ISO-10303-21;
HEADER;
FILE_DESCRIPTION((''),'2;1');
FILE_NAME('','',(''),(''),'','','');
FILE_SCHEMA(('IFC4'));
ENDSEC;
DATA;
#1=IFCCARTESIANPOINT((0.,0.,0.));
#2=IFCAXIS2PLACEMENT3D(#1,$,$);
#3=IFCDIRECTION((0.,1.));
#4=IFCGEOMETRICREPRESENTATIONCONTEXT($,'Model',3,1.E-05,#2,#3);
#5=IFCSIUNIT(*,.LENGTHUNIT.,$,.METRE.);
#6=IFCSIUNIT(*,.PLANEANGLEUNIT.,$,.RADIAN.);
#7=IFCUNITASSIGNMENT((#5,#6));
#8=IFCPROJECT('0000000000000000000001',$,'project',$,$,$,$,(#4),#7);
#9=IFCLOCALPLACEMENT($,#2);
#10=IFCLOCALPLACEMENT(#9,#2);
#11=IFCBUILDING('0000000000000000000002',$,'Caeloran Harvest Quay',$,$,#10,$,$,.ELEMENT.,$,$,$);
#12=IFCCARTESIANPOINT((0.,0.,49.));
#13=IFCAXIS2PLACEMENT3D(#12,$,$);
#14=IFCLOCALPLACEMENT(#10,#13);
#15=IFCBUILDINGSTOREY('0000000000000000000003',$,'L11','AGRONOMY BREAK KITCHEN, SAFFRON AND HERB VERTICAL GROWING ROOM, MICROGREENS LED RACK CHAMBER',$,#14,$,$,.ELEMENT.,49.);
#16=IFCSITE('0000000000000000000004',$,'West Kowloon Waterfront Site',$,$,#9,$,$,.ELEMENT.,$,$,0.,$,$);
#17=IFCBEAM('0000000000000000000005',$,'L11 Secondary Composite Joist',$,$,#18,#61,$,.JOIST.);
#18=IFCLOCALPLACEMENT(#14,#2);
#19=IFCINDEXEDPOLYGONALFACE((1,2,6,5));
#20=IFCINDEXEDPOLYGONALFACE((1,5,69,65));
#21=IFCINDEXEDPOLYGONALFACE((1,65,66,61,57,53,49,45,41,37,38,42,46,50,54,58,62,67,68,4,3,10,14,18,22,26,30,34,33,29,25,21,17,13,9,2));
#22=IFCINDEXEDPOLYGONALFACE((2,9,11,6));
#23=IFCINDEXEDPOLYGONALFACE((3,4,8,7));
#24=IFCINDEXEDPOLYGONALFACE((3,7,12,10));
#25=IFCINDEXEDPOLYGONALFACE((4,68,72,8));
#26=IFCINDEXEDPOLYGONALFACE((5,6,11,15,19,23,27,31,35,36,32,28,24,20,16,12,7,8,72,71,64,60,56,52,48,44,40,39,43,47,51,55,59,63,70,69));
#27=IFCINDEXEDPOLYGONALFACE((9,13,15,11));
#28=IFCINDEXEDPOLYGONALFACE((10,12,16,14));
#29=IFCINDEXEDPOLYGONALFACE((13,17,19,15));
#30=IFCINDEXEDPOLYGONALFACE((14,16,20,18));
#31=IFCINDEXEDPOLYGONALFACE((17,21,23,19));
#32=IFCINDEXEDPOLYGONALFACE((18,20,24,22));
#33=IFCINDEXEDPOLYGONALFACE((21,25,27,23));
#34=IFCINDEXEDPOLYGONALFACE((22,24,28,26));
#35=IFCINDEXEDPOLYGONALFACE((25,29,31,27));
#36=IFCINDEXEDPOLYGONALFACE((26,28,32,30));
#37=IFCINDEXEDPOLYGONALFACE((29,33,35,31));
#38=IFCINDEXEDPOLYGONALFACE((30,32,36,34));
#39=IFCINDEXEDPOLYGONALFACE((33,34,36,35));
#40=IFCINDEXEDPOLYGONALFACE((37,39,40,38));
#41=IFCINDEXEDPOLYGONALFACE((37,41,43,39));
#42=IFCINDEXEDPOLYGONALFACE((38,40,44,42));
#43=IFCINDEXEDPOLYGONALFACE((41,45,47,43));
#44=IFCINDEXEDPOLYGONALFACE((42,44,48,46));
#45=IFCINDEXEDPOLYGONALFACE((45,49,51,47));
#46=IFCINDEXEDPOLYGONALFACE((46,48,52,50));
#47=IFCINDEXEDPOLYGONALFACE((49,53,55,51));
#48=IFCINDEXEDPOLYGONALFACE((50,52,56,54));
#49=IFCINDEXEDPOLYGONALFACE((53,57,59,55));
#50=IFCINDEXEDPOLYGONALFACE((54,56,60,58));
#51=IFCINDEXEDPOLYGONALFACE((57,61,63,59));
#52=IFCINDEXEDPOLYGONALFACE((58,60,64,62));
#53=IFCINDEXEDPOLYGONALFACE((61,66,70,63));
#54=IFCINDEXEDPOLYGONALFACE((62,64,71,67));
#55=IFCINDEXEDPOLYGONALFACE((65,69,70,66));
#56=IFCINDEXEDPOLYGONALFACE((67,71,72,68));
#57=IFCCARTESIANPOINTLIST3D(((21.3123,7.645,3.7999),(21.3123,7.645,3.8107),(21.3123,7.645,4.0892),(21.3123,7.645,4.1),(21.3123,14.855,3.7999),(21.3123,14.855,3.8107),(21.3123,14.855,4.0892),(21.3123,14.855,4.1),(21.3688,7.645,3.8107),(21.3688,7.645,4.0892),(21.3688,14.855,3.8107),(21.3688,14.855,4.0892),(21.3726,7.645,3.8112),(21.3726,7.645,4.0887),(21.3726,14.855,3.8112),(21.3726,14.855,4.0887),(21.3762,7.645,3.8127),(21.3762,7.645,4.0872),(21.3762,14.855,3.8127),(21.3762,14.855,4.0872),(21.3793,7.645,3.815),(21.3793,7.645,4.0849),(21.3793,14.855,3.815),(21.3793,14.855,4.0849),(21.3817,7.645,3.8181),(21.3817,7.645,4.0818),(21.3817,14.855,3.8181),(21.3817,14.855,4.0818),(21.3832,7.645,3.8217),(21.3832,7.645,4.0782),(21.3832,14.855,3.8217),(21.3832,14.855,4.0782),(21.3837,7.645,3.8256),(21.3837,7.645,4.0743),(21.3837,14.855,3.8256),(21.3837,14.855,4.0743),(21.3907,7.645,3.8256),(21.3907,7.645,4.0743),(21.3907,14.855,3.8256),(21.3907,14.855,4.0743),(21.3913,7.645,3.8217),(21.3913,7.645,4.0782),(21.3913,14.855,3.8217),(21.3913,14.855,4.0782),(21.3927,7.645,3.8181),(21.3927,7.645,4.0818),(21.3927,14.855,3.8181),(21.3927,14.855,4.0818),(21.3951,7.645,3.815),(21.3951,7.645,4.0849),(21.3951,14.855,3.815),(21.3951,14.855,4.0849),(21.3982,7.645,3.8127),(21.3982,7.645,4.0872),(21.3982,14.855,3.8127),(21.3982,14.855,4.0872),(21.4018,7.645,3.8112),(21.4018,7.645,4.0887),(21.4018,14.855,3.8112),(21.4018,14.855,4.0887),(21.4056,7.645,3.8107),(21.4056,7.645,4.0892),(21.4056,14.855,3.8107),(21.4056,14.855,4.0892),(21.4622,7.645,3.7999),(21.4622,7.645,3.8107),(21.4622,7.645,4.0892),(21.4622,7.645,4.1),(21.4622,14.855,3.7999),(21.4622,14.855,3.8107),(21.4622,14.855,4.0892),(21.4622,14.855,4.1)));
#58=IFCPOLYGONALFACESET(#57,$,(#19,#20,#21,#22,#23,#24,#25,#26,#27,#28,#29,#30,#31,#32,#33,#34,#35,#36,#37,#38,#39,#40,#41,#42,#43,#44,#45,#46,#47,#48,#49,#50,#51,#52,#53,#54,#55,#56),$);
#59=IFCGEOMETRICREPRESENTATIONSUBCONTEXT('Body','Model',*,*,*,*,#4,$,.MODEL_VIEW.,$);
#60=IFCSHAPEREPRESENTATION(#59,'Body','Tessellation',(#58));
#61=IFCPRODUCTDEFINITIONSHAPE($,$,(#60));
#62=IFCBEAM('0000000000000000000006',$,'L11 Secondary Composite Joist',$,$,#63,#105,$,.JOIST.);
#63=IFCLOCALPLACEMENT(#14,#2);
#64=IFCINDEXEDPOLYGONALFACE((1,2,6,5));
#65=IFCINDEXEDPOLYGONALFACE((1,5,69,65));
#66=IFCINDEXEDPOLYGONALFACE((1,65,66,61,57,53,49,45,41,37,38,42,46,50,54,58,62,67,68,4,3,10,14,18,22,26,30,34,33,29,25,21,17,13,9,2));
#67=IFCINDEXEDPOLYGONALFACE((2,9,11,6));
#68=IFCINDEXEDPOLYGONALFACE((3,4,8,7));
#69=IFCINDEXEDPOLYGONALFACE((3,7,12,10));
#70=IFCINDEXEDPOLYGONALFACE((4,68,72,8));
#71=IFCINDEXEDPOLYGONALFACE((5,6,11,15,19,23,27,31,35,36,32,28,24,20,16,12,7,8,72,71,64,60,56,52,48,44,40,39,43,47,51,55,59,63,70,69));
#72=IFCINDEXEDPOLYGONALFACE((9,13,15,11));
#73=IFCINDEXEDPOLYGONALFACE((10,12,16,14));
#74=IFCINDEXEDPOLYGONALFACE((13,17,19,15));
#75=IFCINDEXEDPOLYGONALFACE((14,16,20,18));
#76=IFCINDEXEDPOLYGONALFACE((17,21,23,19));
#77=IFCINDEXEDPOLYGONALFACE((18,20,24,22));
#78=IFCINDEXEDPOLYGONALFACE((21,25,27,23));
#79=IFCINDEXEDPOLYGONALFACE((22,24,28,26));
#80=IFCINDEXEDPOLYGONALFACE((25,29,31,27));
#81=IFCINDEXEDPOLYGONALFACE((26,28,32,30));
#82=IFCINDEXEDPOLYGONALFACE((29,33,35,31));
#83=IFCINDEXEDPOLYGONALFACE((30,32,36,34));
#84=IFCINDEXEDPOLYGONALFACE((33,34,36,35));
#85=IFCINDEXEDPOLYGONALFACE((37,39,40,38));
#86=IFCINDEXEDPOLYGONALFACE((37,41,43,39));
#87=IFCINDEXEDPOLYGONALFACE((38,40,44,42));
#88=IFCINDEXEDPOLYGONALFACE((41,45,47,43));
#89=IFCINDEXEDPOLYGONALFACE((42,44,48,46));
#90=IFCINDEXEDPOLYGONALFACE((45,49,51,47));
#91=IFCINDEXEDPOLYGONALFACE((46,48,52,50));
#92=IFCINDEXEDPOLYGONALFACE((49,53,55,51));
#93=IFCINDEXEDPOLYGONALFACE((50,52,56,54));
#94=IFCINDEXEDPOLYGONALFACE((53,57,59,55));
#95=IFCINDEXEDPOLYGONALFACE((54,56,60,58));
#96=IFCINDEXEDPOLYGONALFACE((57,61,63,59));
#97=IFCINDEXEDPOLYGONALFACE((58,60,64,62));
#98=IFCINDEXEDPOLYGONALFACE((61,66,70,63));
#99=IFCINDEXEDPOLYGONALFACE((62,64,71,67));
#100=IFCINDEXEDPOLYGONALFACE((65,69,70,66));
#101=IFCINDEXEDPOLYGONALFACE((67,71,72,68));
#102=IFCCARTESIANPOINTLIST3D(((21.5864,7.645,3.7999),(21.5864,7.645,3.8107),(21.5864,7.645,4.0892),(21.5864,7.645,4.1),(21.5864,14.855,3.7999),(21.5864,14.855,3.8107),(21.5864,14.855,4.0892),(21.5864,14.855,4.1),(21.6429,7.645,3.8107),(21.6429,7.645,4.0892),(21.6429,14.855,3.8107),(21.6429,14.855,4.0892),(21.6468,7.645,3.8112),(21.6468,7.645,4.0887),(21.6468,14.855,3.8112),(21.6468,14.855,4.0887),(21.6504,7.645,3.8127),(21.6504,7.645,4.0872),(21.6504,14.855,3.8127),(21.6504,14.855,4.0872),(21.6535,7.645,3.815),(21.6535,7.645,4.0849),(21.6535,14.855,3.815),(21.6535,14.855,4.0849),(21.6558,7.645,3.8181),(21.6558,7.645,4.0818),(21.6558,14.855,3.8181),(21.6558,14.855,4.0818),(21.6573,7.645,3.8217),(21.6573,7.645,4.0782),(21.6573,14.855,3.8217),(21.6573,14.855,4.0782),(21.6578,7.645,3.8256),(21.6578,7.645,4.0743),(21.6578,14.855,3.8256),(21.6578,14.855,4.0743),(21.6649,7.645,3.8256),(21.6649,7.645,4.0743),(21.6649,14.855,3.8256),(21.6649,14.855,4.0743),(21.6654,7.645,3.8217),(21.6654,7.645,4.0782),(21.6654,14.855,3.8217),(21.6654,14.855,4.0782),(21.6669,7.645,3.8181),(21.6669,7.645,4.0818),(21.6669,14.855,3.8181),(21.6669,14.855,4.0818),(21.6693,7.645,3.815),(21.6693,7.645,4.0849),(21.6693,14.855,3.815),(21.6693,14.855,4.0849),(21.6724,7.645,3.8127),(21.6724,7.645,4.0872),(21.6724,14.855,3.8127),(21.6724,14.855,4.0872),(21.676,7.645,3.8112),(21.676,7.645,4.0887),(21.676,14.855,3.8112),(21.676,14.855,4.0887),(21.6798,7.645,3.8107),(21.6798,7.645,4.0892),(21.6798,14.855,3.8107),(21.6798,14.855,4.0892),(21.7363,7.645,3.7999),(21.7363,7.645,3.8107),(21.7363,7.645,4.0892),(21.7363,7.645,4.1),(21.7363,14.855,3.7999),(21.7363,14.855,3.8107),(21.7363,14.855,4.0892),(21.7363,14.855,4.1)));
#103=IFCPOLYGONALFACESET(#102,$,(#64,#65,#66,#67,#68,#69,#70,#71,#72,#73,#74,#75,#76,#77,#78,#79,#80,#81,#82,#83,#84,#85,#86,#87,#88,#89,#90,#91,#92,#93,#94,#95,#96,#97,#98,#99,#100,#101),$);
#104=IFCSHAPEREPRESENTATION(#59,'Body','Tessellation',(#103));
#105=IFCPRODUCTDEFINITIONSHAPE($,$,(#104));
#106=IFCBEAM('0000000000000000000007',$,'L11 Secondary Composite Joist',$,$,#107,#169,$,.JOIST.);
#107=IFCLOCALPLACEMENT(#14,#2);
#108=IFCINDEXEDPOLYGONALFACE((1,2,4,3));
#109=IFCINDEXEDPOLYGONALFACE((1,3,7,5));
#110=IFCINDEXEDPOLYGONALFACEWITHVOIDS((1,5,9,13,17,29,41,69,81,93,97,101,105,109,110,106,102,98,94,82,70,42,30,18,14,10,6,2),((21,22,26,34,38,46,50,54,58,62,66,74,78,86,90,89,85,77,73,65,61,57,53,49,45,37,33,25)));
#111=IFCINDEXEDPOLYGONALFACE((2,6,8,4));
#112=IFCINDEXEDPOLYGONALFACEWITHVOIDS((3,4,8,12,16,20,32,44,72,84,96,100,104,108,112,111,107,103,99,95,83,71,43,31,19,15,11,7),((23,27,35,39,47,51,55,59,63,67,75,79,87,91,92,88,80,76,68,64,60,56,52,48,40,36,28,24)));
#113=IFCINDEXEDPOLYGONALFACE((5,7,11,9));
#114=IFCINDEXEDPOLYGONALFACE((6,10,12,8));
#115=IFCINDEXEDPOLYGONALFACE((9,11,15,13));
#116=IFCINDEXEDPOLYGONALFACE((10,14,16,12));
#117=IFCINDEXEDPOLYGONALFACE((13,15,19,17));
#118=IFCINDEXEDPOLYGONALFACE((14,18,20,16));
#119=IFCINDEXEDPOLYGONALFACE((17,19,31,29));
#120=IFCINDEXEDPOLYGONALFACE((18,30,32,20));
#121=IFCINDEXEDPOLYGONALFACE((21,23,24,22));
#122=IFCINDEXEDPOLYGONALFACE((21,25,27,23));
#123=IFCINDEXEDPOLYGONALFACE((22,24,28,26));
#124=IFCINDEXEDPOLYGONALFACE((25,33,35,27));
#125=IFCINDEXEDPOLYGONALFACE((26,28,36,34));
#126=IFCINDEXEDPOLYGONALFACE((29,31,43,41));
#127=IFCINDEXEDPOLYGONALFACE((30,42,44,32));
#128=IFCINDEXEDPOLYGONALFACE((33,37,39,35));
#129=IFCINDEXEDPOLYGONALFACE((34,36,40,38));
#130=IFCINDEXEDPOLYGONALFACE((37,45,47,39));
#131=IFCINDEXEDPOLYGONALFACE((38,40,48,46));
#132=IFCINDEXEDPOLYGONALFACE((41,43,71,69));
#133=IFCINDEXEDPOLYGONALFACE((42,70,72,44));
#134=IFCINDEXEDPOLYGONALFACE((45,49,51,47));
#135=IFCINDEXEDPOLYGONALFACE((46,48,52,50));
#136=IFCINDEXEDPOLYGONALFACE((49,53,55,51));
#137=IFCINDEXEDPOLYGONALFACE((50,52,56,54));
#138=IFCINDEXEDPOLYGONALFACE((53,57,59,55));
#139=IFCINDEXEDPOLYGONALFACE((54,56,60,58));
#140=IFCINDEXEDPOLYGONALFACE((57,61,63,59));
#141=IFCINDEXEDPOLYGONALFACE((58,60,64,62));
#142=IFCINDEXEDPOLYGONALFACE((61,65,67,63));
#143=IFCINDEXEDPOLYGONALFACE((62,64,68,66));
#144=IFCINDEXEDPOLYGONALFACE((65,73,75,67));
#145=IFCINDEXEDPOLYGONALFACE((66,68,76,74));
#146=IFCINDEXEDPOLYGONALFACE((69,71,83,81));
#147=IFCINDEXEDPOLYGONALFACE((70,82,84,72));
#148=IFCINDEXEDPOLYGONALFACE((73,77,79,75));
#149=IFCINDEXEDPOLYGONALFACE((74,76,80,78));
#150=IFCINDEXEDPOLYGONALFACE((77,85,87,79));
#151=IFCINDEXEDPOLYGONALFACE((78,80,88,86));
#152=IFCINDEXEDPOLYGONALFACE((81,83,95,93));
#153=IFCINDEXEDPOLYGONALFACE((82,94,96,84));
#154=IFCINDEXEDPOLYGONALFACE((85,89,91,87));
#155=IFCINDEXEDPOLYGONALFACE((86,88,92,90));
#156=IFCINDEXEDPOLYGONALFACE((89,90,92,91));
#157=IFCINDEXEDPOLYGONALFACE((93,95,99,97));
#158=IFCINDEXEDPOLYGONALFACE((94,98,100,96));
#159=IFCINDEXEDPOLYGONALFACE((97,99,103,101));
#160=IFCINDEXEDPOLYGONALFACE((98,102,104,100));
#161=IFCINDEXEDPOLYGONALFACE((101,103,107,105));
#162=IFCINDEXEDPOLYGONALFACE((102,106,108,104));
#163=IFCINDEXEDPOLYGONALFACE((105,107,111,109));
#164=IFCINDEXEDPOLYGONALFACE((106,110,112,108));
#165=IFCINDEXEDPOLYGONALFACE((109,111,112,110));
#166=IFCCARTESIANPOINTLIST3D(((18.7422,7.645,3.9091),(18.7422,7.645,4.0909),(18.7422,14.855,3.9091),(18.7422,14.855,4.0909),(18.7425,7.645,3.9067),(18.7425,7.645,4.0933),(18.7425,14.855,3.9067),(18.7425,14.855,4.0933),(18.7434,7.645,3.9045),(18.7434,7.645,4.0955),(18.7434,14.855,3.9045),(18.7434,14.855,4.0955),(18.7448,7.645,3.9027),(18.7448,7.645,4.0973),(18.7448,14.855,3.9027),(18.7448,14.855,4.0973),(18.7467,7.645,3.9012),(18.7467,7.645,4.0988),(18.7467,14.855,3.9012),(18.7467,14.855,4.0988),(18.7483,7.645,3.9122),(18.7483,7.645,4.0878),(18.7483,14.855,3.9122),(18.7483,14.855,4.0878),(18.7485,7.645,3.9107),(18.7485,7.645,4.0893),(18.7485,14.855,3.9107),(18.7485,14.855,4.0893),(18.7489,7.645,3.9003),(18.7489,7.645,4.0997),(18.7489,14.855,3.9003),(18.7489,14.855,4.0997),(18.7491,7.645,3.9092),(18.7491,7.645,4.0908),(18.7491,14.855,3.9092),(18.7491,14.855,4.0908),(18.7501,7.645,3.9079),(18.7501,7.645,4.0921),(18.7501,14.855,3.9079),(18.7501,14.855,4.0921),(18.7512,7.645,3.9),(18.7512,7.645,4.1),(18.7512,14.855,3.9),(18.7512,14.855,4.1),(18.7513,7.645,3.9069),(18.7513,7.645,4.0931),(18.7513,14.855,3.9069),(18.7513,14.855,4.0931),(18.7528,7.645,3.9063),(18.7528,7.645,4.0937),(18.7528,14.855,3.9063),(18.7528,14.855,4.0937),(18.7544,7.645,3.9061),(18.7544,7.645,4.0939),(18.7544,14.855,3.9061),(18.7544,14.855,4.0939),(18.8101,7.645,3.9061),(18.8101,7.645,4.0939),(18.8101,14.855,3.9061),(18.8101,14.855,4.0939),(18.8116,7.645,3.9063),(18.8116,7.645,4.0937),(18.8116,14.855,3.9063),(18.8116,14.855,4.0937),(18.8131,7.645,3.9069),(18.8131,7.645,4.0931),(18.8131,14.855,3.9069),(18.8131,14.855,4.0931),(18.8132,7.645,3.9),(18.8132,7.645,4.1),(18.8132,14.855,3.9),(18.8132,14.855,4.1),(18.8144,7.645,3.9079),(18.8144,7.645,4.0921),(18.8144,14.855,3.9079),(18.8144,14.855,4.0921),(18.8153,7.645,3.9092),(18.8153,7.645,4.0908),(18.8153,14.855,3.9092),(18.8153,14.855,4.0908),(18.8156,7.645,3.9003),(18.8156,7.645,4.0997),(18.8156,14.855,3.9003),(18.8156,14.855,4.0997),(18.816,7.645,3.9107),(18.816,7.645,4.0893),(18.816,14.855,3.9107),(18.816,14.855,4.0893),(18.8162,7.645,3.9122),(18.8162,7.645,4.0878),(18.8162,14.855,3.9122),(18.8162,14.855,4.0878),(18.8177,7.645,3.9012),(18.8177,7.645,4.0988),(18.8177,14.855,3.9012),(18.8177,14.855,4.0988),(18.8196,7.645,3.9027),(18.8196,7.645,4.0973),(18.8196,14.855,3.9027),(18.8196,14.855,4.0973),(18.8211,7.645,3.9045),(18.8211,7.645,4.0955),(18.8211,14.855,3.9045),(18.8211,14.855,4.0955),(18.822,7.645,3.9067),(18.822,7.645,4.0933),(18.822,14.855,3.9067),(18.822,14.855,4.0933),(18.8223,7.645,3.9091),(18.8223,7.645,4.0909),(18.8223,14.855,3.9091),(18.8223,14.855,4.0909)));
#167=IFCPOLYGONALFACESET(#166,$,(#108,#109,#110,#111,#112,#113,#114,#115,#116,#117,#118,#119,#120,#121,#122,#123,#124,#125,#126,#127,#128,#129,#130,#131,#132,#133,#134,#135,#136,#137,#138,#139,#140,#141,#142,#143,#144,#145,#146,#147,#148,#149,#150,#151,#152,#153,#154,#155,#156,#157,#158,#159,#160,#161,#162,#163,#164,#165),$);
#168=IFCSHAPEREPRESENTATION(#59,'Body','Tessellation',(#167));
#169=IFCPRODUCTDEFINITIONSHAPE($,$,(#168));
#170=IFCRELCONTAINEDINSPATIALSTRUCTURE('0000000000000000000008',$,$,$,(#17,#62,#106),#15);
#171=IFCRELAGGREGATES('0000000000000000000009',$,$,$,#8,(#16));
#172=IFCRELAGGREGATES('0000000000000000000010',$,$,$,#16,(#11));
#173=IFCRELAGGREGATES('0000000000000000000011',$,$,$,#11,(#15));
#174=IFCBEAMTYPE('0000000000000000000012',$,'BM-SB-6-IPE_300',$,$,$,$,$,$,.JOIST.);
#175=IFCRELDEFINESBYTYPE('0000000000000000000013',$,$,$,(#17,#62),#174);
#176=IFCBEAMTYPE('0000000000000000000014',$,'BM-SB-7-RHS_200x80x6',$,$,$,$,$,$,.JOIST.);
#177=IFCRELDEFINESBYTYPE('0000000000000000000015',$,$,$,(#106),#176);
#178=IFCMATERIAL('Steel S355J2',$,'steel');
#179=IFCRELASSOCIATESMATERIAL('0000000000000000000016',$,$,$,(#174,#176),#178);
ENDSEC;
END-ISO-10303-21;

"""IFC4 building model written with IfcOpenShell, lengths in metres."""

from ifc_helpers import new_model, si_unit, direction, frame, origin, origin_2d, place, context, subcontext, project, spatial, hollow_rectangle, i_section, extrude, material, material_profile, profile_set, type_object, element, save


model = new_model("IFC4")

# Units and contexts
model_context = context("Model", 3, precision=1e-05, world=origin(), true_north=direction((0.0, 1.0)))
body_context = subcontext(model_context, "Body", "Model", "MODEL_VIEW")
ifc_project = project(units=[si_unit("LENGTHUNIT", "METRE"), si_unit("PLANEANGLEUNIT", "RADIAN")], contexts=[model_context])

# Site, building, storey
site_placement = place(None, origin())
site = spatial("IfcSite", under=ifc_project, at=site_placement, Name="West Kowloon Waterfront Site", CompositionType="ELEMENT", RefElevation=0.0)
building_placement = place(site_placement, origin())
building = spatial("IfcBuilding", under=site, at=building_placement, Name="Caeloran Harvest Quay", CompositionType="ELEMENT")
storey_placement = place(building_placement, frame((0.0, 0.0, 49.0)))
storey = spatial("IfcBuildingStorey", under=building, at=storey_placement, Name="L11", Description="AGRONOMY BREAK KITCHEN, SAFFRON AND HERB VERTICAL GROWING ROOM, MICROGREENS LED RACK CHAMBER", CompositionType="ELEMENT", Elevation=49.0)

# Beams
ifc_material_1 = material(Name="Steel S355J2", Category="steel")
ifc_material_profile_1 = material_profile(ifc_material_1, i_section(OverallWidth=0.1499, OverallDepth=0.3, WebThickness=0.0071, FlangeThickness=0.0107, FilletRadius=0.0149, at=origin_2d()), Name="IPE 300")
ifc_profile_set_1 = profile_set([ifc_material_profile_1], Name="Steel S355J2")
beam_type_1 = type_object("IfcBeamType", Name="BM-SB-6-IPE_300", PredefinedType="JOIST", material=ifc_profile_set_1)
for number, where, z_axis, x_axis, name in (
    (1, (21.3872, 7.645, 3.95), (0.0, 1.0, 0.0), (-1.0, 0.0, 0.0), "L11 Secondary Composite Joist"),
    (2, (21.6614, 7.645, 3.95), (0.0, 1.0, 0.0), (-1.0, 0.0, 0.0), "L11 Secondary Composite Joist"),
):
    element("IfcBeam", number, at=place(storey_placement, frame(where, z_axis=z_axis, x_axis=x_axis)), inside=storey, type_object=beam_type_1, Name=name, PredefinedType="JOIST", context=body_context, shape_type="SweptSolid", body=[
        extrude(i_section(OverallWidth=0.1499, OverallDepth=0.3, WebThickness=0.0071, FlangeThickness=0.0107, FilletRadius=0.0149, at=origin_2d()), origin(), (0.0, 0.0, 1.0), 7.21),
    ])
ifc_material_profile_2 = material_profile(ifc_material_1, hollow_rectangle(XDim=0.0801, YDim=0.2, WallThickness=0.0061, InnerFilletRadius=0.0061, OuterFilletRadius=0.009, at=origin_2d()), Name="RHS 200x80x6")
ifc_profile_set_2 = profile_set([ifc_material_profile_2], Name="Steel S355J2")
beam_type_2 = type_object("IfcBeamType", Name="BM-SB-7-RHS_200x80x6", PredefinedType="JOIST", material=ifc_profile_set_2)
for number, where, z_axis, x_axis, name in (
    (3, (18.7822, 7.645, 4.0), (0.0, 1.0, 0.0), (-1.0, 0.0, 0.0), "L11 Secondary Composite Joist"),
):
    element("IfcBeam", number, at=place(storey_placement, frame(where, z_axis=z_axis, x_axis=x_axis)), inside=storey, type_object=beam_type_2, Name=name, PredefinedType="JOIST", context=body_context, shape_type="SweptSolid", body=[
        extrude(hollow_rectangle(XDim=0.0801, YDim=0.2, WallThickness=0.0061, InnerFilletRadius=0.0061, OuterFilletRadius=0.009, at=origin_2d()), origin(), (0.0, 0.0, 1.0), 7.21),
    ])

save(model, "model.ifc")
